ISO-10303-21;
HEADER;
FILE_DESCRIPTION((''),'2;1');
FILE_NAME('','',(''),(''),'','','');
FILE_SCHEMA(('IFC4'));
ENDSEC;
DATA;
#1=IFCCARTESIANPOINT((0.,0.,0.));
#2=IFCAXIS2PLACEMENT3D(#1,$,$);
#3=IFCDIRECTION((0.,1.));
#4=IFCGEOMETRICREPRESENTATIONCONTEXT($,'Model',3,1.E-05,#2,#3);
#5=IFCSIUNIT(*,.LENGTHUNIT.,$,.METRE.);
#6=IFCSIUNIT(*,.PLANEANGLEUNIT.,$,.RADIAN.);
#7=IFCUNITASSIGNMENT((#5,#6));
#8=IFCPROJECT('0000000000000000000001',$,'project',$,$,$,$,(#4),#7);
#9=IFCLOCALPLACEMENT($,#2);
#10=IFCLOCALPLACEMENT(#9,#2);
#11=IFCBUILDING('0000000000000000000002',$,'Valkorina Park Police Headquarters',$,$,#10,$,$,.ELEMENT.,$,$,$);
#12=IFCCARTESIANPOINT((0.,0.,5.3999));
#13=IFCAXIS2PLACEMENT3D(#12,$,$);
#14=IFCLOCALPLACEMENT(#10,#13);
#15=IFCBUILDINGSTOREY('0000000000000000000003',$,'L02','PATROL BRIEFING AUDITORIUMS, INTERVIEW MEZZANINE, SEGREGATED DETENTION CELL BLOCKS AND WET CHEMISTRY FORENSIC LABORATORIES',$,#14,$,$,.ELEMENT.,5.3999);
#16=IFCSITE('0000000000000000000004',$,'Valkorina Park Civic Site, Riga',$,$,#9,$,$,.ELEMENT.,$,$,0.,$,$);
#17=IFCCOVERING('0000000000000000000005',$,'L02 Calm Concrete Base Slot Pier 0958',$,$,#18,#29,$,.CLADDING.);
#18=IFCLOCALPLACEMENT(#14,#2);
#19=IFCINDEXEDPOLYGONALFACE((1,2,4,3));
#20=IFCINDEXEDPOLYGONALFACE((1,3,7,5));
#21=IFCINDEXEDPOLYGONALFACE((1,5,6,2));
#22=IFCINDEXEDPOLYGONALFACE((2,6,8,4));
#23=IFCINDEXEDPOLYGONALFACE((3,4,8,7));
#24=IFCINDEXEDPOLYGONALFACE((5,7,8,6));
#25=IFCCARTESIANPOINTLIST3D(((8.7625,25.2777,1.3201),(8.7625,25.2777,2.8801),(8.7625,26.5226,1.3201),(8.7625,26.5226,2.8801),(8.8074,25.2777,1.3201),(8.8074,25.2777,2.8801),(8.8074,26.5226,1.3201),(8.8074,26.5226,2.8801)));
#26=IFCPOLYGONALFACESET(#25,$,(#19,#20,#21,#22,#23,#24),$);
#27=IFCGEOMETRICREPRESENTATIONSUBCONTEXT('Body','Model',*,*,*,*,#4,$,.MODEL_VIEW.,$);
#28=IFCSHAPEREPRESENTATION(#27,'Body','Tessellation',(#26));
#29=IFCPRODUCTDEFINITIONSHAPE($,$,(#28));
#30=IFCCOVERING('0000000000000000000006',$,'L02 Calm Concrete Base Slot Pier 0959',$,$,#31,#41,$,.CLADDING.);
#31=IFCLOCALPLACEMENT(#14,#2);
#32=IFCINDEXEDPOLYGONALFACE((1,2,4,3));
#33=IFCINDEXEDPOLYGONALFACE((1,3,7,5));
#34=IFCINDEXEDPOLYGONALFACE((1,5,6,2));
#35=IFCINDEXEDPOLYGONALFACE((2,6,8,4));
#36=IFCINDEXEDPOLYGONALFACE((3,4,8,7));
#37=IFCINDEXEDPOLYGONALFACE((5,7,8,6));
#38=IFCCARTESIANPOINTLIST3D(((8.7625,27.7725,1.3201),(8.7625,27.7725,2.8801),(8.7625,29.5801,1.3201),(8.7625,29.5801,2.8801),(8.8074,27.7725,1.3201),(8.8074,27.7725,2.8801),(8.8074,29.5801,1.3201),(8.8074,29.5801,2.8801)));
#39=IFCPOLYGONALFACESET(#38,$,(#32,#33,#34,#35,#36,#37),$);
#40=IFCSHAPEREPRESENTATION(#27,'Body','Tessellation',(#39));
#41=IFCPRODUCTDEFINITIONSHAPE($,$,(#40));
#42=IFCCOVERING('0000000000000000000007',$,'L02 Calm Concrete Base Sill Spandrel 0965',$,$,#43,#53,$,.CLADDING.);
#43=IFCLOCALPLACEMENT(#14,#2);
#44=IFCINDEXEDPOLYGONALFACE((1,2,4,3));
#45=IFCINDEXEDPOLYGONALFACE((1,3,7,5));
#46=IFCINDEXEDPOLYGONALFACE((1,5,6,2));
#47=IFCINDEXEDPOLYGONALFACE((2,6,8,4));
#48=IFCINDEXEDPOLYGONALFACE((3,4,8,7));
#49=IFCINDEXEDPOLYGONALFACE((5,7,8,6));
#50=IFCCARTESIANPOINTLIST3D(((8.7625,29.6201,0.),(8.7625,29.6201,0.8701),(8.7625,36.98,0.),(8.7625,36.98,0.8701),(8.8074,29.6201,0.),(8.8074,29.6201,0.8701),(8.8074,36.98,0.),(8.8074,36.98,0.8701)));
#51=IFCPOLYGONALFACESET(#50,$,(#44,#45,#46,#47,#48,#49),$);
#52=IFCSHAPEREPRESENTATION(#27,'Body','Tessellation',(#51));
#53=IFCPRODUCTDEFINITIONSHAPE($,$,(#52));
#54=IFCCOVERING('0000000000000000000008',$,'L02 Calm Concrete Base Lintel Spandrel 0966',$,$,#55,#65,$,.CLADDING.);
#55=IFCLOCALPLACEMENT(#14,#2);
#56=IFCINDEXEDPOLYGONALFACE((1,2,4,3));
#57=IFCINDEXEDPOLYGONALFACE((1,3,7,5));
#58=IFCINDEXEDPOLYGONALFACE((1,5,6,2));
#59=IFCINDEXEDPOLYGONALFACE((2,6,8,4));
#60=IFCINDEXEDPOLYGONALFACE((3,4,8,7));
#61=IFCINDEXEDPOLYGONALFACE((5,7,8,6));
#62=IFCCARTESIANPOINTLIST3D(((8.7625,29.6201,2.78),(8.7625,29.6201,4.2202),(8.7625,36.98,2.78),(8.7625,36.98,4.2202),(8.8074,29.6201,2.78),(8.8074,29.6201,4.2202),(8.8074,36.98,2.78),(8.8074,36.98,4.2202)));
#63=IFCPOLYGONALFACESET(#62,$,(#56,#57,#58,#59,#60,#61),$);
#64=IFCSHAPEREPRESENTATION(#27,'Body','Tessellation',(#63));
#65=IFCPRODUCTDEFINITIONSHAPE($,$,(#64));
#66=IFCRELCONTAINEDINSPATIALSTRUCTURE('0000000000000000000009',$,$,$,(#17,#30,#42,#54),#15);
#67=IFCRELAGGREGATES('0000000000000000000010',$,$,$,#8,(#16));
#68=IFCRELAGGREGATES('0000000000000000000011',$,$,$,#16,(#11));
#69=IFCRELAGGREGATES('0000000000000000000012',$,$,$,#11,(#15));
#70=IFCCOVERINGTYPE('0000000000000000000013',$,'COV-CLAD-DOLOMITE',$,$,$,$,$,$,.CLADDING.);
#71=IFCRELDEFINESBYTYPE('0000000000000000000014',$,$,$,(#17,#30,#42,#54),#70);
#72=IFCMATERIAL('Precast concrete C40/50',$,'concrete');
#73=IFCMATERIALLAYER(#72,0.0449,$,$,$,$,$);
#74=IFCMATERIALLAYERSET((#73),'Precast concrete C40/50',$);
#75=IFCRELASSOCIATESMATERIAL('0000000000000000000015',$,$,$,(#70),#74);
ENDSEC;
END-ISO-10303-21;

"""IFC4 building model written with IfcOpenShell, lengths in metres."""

from ifc_helpers import new_model, si_unit, direction, frame, frame_2d, origin, place, context, subcontext, project, spatial, rectangle, extrude, material, layer, layer_set, type_object, element, save


model = new_model("IFC4")

# Units and contexts
model_context = context("Model", 3, precision=1e-05, world=origin(), true_north=direction((0.0, 1.0)))
body_context = subcontext(model_context, "Body", "Model", "MODEL_VIEW")
ifc_project = project(units=[si_unit("LENGTHUNIT", "METRE"), si_unit("PLANEANGLEUNIT", "RADIAN")], contexts=[model_context])

# Site, building, storey
site_placement = place(None, origin())
site = spatial("IfcSite", under=ifc_project, at=site_placement, Name="Valkorina Park Civic Site, Riga", CompositionType="ELEMENT", RefElevation=0.0)
building_placement = place(site_placement, origin())
building = spatial("IfcBuilding", under=site, at=building_placement, Name="Valkorina Park Police Headquarters", CompositionType="ELEMENT")
storey_placement = place(building_placement, frame((0.0, 0.0, 5.3999)))
storey = spatial("IfcBuildingStorey", under=building, at=storey_placement, Name="L02", Description="PATROL BRIEFING AUDITORIUMS, INTERVIEW MEZZANINE, SEGREGATED DETENTION CELL BLOCKS AND WET CHEMISTRY FORENSIC LABORATORIES", CompositionType="ELEMENT", Elevation=5.3999)

# Coverings
ifc_material = material(Name="Precast concrete C40/50", Category="concrete")
ifc_layer = layer(ifc_material, 0.0449)
ifc_layer_set = layer_set([ifc_layer], Name="Precast concrete C40/50")
covering_type = type_object("IfcCoveringType", Name="COV-CLAD-DOLOMITE", PredefinedType="CLADDING", material=ifc_layer_set)
covering_1_placement = place(storey_placement, frame((8.7849, 25.2776, 1.3201), z_axis=(0.0, 0.0, 1.0), x_axis=(0.0, 1.0, 0.0)))
element("IfcCovering", 1, at=covering_1_placement, inside=storey, type_object=covering_type, Name="L02 Calm Concrete Base Slot Pier 0958", PredefinedType="CLADDING", context=body_context, shape_type="SweptSolid", body=[
    extrude(rectangle(XDim=1.2449, YDim=0.0449, at=frame_2d((0.6226, 0.0))), origin(), (0.0, 0.0, 1.0), 1.5601),
])
covering_2_placement = place(storey_placement, frame((8.7849, 27.7725, 1.3201), z_axis=(0.0, 0.0, 1.0), x_axis=(0.0, 1.0, 0.0)))
element("IfcCovering", 2, at=covering_2_placement, inside=storey, type_object=covering_type, Name="L02 Calm Concrete Base Slot Pier 0959", PredefinedType="CLADDING", context=body_context, shape_type="SweptSolid", body=[
    extrude(rectangle(XDim=1.8076, YDim=0.0449, at=frame_2d((0.9038, 0.0))), origin(), (0.0, 0.0, 1.0), 1.5601),
])
covering_3_placement = place(storey_placement, frame((8.7849, 29.6201, 0.0), z_axis=(0.0, 0.0, 1.0), x_axis=(0.0, 1.0, 0.0)))
element("IfcCovering", 3, at=covering_3_placement, inside=storey, type_object=covering_type, Name="L02 Calm Concrete Base Sill Spandrel 0965", PredefinedType="CLADDING", context=body_context, shape_type="SweptSolid", body=[
    extrude(rectangle(XDim=7.3599, YDim=0.0449, at=frame_2d((3.6799, 0.0))), origin(), (0.0, 0.0, 1.0), 0.8701),
])
covering_4_placement = place(storey_placement, frame((8.7849, 29.6201, 2.78), z_axis=(0.0, 0.0, 1.0), x_axis=(0.0, 1.0, 0.0)))
element("IfcCovering", 4, at=covering_4_placement, inside=storey, type_object=covering_type, Name="L02 Calm Concrete Base Lintel Spandrel 0966", PredefinedType="CLADDING", context=body_context, shape_type="SweptSolid", body=[
    extrude(rectangle(XDim=7.3599, YDim=0.0449, at=frame_2d((3.6799, 0.0))), origin(), (0.0, 0.0, 1.0), 1.4402),
])

save(model, "model.ifc")
